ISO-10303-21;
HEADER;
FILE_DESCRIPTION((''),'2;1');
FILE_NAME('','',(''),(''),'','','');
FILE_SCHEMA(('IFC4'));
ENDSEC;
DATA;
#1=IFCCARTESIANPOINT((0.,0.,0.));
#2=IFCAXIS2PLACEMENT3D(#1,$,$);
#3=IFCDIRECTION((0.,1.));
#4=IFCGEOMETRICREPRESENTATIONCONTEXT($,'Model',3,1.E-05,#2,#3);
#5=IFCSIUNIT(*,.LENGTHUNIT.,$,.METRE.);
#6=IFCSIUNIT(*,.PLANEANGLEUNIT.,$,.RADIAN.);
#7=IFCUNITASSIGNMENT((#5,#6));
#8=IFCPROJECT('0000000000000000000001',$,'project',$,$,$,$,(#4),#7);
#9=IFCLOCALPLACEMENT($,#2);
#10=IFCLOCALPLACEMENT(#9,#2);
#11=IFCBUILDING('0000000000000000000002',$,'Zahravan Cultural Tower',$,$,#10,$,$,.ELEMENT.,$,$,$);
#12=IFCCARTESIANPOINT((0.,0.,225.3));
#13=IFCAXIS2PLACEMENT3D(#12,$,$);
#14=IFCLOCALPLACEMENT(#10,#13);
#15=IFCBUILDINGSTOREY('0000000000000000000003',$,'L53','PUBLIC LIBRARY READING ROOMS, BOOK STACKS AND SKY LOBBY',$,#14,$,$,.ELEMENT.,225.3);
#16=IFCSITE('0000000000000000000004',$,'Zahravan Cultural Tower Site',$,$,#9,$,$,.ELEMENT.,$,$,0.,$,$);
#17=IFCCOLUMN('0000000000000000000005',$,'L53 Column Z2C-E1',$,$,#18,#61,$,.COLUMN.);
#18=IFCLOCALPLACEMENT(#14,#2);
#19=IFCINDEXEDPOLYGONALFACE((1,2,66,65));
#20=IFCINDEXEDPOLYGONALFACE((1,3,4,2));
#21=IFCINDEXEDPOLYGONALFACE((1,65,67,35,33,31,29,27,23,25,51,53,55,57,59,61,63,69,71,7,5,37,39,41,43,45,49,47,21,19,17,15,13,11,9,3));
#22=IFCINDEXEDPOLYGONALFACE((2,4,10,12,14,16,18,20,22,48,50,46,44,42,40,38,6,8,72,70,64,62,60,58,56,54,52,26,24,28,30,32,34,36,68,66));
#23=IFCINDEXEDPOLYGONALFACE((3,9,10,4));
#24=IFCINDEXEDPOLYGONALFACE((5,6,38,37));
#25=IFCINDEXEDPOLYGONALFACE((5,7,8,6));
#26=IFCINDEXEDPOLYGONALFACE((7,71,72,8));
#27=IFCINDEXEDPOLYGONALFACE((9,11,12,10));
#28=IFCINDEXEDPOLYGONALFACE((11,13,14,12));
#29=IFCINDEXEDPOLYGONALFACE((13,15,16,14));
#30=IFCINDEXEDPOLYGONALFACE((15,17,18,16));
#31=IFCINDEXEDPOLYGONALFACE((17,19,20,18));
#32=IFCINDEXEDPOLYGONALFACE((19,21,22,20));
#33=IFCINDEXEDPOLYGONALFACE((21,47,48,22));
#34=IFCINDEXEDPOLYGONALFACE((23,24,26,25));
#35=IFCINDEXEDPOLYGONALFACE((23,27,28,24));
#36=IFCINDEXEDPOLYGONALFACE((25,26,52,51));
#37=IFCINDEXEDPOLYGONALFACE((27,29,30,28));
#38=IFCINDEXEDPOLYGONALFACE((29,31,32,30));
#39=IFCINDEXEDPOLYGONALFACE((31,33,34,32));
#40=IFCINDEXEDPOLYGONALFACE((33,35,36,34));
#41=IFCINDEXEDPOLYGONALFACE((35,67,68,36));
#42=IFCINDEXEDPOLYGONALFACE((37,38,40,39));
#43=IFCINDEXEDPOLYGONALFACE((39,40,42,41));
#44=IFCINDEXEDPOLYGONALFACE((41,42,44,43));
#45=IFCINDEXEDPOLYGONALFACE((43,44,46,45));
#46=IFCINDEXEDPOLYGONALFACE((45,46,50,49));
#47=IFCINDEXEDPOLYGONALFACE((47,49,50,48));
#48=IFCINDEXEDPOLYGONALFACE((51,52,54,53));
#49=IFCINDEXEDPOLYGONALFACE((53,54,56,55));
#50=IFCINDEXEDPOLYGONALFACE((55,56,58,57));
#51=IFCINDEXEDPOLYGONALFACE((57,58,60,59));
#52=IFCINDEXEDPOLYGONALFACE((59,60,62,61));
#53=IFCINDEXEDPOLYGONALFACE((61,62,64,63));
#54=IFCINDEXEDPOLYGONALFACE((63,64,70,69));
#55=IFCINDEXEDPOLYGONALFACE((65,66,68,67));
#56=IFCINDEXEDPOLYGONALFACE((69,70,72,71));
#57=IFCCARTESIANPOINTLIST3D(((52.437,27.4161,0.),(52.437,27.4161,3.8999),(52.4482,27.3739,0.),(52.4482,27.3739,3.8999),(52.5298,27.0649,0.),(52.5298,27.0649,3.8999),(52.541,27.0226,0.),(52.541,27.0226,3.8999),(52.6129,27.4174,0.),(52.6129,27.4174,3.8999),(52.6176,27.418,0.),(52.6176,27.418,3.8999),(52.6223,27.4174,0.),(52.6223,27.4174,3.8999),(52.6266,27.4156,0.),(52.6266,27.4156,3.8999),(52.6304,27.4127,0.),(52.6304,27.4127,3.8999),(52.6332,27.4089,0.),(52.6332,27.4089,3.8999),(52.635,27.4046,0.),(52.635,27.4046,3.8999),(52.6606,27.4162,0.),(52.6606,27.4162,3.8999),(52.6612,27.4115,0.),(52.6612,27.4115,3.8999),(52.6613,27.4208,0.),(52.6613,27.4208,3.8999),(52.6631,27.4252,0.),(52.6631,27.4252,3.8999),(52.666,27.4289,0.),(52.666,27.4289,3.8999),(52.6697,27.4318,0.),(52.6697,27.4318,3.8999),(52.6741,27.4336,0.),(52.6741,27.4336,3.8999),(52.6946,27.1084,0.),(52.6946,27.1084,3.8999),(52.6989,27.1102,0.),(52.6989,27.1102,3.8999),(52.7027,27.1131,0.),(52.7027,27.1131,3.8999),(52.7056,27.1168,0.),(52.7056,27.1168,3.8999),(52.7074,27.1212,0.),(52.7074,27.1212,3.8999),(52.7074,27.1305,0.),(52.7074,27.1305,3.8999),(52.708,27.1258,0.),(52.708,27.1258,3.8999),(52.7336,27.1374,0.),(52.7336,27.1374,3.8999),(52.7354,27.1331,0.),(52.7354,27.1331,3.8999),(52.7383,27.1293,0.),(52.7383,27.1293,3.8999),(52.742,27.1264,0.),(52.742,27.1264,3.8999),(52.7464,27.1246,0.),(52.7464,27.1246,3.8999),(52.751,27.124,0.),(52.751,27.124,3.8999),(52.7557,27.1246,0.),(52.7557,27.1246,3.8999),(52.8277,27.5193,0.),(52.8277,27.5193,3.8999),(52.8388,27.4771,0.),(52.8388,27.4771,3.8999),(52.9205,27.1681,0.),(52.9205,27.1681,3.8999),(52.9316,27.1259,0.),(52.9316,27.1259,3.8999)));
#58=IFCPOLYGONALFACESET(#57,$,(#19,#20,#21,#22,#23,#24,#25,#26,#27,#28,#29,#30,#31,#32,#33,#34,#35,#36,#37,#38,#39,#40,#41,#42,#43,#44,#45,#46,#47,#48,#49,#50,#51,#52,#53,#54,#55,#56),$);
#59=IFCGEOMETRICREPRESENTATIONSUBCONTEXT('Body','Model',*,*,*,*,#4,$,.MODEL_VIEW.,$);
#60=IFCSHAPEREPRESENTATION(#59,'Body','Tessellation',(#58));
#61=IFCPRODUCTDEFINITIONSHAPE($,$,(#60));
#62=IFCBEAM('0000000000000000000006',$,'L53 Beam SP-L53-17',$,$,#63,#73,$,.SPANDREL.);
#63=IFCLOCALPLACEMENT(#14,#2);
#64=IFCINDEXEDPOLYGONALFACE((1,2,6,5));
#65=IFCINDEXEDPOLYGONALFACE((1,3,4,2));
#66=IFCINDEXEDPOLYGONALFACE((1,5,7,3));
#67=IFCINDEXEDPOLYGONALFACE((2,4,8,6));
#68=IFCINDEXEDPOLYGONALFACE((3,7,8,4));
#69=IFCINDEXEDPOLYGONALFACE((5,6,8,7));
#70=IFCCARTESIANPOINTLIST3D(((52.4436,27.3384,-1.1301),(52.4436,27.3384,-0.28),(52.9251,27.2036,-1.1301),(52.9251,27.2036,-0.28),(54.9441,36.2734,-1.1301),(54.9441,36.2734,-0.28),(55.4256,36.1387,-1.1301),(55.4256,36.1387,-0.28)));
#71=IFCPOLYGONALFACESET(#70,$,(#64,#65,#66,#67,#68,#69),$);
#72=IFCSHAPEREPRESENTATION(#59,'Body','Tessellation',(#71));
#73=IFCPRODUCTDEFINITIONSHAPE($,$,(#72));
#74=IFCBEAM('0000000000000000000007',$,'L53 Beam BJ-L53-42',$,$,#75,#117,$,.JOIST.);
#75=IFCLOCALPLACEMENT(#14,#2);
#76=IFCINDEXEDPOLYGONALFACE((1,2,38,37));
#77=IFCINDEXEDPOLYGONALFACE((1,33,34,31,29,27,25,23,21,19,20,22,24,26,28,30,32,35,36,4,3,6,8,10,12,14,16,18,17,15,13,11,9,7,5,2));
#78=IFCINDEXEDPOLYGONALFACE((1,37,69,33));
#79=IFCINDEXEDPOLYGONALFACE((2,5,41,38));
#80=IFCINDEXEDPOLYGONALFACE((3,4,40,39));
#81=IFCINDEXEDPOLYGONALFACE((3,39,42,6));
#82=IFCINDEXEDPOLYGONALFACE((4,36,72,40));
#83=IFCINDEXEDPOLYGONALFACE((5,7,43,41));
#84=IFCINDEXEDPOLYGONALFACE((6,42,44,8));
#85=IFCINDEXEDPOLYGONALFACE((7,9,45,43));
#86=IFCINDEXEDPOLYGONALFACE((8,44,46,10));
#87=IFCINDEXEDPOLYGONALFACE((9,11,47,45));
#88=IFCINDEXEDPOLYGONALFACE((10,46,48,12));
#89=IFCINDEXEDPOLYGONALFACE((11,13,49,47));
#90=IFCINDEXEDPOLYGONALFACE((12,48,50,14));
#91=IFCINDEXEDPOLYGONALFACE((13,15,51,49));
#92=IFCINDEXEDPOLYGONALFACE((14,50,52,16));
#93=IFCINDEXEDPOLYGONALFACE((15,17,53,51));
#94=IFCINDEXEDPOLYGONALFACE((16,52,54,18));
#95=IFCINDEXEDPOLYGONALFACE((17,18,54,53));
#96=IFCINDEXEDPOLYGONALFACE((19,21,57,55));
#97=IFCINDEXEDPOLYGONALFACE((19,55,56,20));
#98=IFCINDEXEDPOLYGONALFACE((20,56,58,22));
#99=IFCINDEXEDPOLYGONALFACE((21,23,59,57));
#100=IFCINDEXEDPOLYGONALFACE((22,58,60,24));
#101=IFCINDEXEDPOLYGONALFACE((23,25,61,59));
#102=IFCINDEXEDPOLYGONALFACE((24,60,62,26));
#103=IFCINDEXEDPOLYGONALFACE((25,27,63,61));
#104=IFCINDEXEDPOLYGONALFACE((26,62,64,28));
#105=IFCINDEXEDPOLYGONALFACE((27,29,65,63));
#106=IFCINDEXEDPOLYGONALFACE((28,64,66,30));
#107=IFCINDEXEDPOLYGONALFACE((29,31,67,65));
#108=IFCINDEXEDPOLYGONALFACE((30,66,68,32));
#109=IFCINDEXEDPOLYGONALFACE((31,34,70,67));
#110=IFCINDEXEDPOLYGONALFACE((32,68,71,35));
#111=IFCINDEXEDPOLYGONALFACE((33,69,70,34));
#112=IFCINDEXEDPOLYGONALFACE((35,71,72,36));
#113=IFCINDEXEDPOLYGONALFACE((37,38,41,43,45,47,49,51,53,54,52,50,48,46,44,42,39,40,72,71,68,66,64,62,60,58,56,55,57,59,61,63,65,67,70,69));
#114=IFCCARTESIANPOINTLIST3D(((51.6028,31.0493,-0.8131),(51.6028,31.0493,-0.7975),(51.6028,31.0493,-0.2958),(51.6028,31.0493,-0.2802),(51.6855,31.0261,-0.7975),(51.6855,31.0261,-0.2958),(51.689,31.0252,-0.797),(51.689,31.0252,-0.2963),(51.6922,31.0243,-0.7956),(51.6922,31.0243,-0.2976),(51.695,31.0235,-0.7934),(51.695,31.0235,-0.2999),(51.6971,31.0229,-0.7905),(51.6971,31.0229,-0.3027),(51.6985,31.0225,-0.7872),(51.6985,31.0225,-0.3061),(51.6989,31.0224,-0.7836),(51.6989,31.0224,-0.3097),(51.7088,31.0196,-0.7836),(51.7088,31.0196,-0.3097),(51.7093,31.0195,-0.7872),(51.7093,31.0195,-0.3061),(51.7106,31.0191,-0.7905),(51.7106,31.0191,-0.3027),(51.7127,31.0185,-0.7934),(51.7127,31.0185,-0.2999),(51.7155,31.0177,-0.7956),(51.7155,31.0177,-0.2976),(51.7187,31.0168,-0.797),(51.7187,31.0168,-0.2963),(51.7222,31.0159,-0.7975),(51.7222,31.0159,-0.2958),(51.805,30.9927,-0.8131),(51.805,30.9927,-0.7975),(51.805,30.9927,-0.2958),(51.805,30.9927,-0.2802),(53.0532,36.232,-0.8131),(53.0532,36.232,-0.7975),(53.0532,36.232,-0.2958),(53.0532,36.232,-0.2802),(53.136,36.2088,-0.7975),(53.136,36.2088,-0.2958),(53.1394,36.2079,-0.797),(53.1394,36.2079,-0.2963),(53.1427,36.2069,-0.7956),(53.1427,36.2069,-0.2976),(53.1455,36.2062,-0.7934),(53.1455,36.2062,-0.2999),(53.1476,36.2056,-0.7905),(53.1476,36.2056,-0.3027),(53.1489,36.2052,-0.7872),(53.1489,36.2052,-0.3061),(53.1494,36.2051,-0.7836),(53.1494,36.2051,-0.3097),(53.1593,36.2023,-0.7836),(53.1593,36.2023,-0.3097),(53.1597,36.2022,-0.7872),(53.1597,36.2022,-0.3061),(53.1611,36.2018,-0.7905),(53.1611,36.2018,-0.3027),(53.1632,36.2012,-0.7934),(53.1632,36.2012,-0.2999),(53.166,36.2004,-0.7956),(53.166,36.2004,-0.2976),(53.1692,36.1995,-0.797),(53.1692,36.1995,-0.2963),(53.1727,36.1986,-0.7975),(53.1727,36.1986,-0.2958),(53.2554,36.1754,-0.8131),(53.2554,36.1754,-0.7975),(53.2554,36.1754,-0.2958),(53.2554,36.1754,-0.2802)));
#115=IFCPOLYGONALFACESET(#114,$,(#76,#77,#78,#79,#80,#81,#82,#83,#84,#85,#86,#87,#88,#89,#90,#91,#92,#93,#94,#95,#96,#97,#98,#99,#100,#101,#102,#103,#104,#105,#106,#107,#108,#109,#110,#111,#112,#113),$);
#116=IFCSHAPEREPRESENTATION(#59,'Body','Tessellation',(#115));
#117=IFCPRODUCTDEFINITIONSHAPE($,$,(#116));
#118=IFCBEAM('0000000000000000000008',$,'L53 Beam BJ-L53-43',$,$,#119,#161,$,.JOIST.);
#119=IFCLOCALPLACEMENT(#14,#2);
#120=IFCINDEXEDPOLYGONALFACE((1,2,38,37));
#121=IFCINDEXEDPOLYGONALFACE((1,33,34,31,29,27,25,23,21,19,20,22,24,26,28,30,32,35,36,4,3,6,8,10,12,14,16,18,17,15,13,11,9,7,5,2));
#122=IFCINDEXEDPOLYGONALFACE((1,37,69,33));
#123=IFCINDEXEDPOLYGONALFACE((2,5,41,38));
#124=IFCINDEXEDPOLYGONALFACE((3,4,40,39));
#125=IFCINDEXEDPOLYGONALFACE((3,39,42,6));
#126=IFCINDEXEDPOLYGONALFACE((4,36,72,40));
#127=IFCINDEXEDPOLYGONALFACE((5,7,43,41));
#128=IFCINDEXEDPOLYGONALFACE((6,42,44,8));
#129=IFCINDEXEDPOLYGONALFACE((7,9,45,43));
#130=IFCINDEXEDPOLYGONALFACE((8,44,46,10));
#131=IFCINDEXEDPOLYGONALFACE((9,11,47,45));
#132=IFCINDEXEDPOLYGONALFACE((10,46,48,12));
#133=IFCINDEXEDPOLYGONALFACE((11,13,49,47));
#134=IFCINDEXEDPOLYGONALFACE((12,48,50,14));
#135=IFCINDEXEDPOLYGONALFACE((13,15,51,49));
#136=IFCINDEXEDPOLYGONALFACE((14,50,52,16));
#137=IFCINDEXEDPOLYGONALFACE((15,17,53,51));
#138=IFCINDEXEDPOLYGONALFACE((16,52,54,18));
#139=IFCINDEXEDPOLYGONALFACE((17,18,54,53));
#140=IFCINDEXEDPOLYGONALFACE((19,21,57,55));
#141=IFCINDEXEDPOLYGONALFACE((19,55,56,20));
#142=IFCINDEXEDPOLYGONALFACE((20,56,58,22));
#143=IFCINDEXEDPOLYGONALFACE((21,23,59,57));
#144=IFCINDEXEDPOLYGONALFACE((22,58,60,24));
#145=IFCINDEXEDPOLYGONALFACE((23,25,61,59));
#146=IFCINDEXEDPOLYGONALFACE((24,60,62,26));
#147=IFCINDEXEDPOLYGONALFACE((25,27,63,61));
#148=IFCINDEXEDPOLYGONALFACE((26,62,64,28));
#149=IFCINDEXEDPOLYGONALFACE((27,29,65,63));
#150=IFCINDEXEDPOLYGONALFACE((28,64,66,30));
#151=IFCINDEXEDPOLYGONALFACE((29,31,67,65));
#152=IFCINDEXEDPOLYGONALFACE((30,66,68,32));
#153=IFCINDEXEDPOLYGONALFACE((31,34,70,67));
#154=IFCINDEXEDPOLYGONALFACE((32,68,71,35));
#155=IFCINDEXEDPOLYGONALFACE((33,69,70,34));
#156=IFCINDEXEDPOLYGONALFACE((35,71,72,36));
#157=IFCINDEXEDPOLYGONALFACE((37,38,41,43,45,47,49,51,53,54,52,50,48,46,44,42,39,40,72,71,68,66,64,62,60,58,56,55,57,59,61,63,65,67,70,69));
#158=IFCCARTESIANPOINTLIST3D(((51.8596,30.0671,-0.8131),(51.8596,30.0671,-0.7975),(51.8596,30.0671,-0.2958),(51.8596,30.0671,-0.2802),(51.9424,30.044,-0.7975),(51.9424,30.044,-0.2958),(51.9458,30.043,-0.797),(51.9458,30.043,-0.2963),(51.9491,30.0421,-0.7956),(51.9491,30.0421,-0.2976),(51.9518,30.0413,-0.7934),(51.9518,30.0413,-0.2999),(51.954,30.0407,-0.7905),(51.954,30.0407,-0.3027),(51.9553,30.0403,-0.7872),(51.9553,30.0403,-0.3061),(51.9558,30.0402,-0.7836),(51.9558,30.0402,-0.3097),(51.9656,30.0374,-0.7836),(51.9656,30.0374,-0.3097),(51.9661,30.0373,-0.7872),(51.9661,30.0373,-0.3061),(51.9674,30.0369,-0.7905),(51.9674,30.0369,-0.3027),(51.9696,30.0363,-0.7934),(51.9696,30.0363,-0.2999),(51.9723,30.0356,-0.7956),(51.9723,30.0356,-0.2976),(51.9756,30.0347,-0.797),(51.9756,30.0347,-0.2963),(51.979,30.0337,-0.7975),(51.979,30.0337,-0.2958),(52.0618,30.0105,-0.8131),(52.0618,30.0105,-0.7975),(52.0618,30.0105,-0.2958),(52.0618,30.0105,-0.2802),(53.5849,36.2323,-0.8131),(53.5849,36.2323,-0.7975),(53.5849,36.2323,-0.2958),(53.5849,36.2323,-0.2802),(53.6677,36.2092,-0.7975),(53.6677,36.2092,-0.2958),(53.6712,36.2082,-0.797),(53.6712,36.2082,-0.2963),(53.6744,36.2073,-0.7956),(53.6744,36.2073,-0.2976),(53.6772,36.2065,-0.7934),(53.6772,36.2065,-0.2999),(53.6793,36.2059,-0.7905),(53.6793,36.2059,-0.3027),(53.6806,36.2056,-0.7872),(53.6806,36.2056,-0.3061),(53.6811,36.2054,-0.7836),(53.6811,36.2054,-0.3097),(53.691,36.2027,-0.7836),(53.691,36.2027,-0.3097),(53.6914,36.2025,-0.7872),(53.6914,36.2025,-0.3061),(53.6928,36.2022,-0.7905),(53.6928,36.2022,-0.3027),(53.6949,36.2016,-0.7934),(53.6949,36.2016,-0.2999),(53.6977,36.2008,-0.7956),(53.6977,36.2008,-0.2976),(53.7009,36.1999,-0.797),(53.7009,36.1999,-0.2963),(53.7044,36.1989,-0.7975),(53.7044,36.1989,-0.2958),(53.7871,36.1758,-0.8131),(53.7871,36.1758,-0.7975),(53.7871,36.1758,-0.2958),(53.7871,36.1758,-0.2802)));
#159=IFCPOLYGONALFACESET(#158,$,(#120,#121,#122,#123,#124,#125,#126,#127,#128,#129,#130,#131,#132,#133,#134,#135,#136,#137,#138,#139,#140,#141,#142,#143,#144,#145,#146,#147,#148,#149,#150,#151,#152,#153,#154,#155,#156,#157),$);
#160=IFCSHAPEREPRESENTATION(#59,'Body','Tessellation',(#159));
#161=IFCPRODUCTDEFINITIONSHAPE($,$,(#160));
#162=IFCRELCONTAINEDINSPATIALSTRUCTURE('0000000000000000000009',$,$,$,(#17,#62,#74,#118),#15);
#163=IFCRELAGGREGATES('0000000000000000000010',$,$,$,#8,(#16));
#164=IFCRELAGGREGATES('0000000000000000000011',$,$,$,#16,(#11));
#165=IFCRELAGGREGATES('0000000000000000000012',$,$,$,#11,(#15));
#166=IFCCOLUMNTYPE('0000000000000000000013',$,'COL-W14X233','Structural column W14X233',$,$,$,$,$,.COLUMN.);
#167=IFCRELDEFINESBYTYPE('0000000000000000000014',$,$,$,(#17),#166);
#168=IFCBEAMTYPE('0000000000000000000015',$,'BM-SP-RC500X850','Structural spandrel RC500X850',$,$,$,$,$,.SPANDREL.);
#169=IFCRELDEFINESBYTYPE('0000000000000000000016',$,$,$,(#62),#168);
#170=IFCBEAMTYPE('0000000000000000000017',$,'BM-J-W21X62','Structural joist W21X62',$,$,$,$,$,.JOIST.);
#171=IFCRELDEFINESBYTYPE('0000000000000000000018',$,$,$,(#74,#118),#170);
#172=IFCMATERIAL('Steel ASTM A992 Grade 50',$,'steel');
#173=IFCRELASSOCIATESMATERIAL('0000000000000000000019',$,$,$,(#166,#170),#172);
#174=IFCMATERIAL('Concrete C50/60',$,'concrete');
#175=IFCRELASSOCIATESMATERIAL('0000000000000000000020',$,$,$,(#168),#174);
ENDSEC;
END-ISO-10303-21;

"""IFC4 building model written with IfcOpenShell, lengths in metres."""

from ifc_helpers import new_model, si_unit, direction, frame, origin, origin_2d, place, context, subcontext, project, spatial, rectangle, i_section, extrude, source, transform, mapped, material, material_profile, profile_set, type_object, element, save


model = new_model("IFC4")

# Units and contexts
model_context = context("Model", 3, precision=1e-05, world=origin(), true_north=direction((0.0, 1.0)))
body_context = subcontext(model_context, "Body", "Model", "MODEL_VIEW")
ifc_project = project(units=[si_unit("LENGTHUNIT", "METRE"), si_unit("PLANEANGLEUNIT", "RADIAN")], contexts=[model_context])

# Site, building, storey
site_placement = place(None, origin())
site = spatial("IfcSite", under=ifc_project, at=site_placement, Name="Zahravan Cultural Tower Site", CompositionType="ELEMENT", RefElevation=0.0)
building_placement = place(site_placement, origin())
building = spatial("IfcBuilding", under=site, at=building_placement, Name="Zahravan Cultural Tower", CompositionType="ELEMENT")
storey_placement = place(building_placement, frame((0.0, 0.0, 225.3)))
storey = spatial("IfcBuildingStorey", under=building, at=storey_placement, Name="L53", Description="PUBLIC LIBRARY READING ROOMS, BOOK STACKS AND SKY LOBBY", CompositionType="ELEMENT", Elevation=225.3)

# Column
ifc_material_1 = material(Name="Steel ASTM A992 Grade 50", Category="steel")
ifc_material_profile_1 = material_profile(ifc_material_1, i_section(OverallWidth=0.4041, OverallDepth=0.407, WebThickness=0.0271, FlangeThickness=0.0437, FilletRadius=0.0181, at=origin_2d()), Name="W14X233")
ifc_profile_set_1 = profile_set([ifc_material_profile_1], Name="Steel ASTM A992 Grade 50")
column_type = type_object("IfcColumnType", Name="COL-W14X233", Description="Structural column W14X233", PredefinedType="COLUMN", material=ifc_profile_set_1)
shared_shape_1 = source(origin(), body_context, "Body", "SweptSolid", [
    extrude(i_section(OverallWidth=0.4041, OverallDepth=0.407, WebThickness=0.0271, FlangeThickness=0.0437, FilletRadius=0.0181, at=origin_2d()), origin(), (0.0, 0.0, 1.0), 3.8999),
])
column_placement = place(storey_placement, frame((52.6843, 27.271, 0.0), z_axis=(0.0, 0.0, 1.0), x_axis=(0.966823, 0.255446, 0.0)))
element("IfcColumn", 1, at=column_placement, inside=storey, type_object=column_type, Name="L53 Column Z2C-E1", PredefinedType="COLUMN", context=body_context, shape_type="MappedRepresentation", body=[
    mapped(shared_shape_1, transform((0.0, 0.0, 0.0), x_axis=(1.0, 0.0, 0.0), y_axis=(0.0, 1.0, 0.0), z_axis=(0.0, 0.0, 1.0), scale=1.0)),
])

# Beams
ifc_material_2 = material(Name="Concrete C50/60", Category="concrete")
ifc_material_profile_2 = material_profile(ifc_material_2, rectangle(XDim=0.5, YDim=0.8501, at=origin_2d()), Name="RC500X850")
ifc_profile_set_2 = profile_set([ifc_material_profile_2], Name="Concrete C50/60")
beam_type_1 = type_object("IfcBeamType", Name="BM-SP-RC500X850", Description="Structural spandrel RC500X850", PredefinedType="SPANDREL", material=ifc_profile_set_2)
shared_shape_2 = source(origin(), body_context, "Body", "SweptSolid", [
    extrude(rectangle(XDim=0.5, YDim=0.8501, at=origin_2d()), origin(), (0.0, 0.0, 1.0), 9.2783),
])
beam_1_placement = place(storey_placement, frame((52.6843, 27.271, -0.7051), z_axis=(0.269497, 0.963001, 0.0), x_axis=(-0.963001, 0.269497, 0.0)))
element("IfcBeam", 2, at=beam_1_placement, inside=storey, type_object=beam_type_1, Name="L53 Beam SP-L53-17", PredefinedType="SPANDREL", context=body_context, shape_type="MappedRepresentation", body=[
    mapped(shared_shape_2, transform((0.0, 0.0, 0.0), x_axis=(1.0, 0.0, 0.0), y_axis=(0.0, 1.0, 0.0), z_axis=(0.0, 0.0, 1.0), scale=1.0)),
])
ifc_material_profile_3 = material_profile(ifc_material_1, i_section(OverallWidth=0.21, OverallDepth=0.533, WebThickness=0.0103, FlangeThickness=0.0156, FilletRadius=0.0139, at=origin_2d()), Name="W21X62")
ifc_profile_set_3 = profile_set([ifc_material_profile_3], Name="Steel ASTM A992 Grade 50")
beam_type_2 = type_object("IfcBeamType", Name="BM-J-W21X62", Description="Structural joist W21X62", PredefinedType="JOIST", material=ifc_profile_set_3)
shared_shape_3 = source(origin(), body_context, "Body", "SweptSolid", [
    extrude(i_section(OverallWidth=0.21, OverallDepth=0.533, WebThickness=0.0103, FlangeThickness=0.0156, FilletRadius=0.0139, at=origin_2d()), origin(), (0.0, 0.0, 1.0), 5.3818),
])
beam_2_placement = place(storey_placement, frame((51.7039, 31.021, -0.5466), z_axis=(0.26951, 0.962997, 0.0), x_axis=(-0.962997, 0.26951, 0.0)))
element("IfcBeam", 3, at=beam_2_placement, inside=storey, type_object=beam_type_2, Name="L53 Beam BJ-L53-42", PredefinedType="JOIST", context=body_context, shape_type="MappedRepresentation", body=[
    mapped(shared_shape_3, transform((0.0, 0.0, 0.0), x_axis=(1.0, 0.0, 0.0), y_axis=(0.0, 1.0, 0.0), z_axis=(0.0, 0.0, 1.0), scale=1.0)),
])
shared_shape_4 = source(origin(), body_context, "Body", "SweptSolid", [
    extrude(i_section(OverallWidth=0.21, OverallDepth=0.533, WebThickness=0.0103, FlangeThickness=0.0156, FilletRadius=0.0139, at=origin_2d()), origin(), (0.0, 0.0, 1.0), 6.4021),
])
beam_3_placement = place(storey_placement, frame((51.9607, 30.0388, -0.5466), z_axis=(0.269494, 0.963002, 0.0), x_axis=(-0.963002, 0.269494, 0.0)))
element("IfcBeam", 4, at=beam_3_placement, inside=storey, type_object=beam_type_2, Name="L53 Beam BJ-L53-43", PredefinedType="JOIST", context=body_context, shape_type="MappedRepresentation", body=[
    mapped(shared_shape_4, transform((0.0, 0.0, 0.0), x_axis=(1.0, 0.0, 0.0), y_axis=(0.0, 1.0, 0.0), z_axis=(0.0, 0.0, 1.0), scale=1.0)),
])

save(model, "model.ifc")
